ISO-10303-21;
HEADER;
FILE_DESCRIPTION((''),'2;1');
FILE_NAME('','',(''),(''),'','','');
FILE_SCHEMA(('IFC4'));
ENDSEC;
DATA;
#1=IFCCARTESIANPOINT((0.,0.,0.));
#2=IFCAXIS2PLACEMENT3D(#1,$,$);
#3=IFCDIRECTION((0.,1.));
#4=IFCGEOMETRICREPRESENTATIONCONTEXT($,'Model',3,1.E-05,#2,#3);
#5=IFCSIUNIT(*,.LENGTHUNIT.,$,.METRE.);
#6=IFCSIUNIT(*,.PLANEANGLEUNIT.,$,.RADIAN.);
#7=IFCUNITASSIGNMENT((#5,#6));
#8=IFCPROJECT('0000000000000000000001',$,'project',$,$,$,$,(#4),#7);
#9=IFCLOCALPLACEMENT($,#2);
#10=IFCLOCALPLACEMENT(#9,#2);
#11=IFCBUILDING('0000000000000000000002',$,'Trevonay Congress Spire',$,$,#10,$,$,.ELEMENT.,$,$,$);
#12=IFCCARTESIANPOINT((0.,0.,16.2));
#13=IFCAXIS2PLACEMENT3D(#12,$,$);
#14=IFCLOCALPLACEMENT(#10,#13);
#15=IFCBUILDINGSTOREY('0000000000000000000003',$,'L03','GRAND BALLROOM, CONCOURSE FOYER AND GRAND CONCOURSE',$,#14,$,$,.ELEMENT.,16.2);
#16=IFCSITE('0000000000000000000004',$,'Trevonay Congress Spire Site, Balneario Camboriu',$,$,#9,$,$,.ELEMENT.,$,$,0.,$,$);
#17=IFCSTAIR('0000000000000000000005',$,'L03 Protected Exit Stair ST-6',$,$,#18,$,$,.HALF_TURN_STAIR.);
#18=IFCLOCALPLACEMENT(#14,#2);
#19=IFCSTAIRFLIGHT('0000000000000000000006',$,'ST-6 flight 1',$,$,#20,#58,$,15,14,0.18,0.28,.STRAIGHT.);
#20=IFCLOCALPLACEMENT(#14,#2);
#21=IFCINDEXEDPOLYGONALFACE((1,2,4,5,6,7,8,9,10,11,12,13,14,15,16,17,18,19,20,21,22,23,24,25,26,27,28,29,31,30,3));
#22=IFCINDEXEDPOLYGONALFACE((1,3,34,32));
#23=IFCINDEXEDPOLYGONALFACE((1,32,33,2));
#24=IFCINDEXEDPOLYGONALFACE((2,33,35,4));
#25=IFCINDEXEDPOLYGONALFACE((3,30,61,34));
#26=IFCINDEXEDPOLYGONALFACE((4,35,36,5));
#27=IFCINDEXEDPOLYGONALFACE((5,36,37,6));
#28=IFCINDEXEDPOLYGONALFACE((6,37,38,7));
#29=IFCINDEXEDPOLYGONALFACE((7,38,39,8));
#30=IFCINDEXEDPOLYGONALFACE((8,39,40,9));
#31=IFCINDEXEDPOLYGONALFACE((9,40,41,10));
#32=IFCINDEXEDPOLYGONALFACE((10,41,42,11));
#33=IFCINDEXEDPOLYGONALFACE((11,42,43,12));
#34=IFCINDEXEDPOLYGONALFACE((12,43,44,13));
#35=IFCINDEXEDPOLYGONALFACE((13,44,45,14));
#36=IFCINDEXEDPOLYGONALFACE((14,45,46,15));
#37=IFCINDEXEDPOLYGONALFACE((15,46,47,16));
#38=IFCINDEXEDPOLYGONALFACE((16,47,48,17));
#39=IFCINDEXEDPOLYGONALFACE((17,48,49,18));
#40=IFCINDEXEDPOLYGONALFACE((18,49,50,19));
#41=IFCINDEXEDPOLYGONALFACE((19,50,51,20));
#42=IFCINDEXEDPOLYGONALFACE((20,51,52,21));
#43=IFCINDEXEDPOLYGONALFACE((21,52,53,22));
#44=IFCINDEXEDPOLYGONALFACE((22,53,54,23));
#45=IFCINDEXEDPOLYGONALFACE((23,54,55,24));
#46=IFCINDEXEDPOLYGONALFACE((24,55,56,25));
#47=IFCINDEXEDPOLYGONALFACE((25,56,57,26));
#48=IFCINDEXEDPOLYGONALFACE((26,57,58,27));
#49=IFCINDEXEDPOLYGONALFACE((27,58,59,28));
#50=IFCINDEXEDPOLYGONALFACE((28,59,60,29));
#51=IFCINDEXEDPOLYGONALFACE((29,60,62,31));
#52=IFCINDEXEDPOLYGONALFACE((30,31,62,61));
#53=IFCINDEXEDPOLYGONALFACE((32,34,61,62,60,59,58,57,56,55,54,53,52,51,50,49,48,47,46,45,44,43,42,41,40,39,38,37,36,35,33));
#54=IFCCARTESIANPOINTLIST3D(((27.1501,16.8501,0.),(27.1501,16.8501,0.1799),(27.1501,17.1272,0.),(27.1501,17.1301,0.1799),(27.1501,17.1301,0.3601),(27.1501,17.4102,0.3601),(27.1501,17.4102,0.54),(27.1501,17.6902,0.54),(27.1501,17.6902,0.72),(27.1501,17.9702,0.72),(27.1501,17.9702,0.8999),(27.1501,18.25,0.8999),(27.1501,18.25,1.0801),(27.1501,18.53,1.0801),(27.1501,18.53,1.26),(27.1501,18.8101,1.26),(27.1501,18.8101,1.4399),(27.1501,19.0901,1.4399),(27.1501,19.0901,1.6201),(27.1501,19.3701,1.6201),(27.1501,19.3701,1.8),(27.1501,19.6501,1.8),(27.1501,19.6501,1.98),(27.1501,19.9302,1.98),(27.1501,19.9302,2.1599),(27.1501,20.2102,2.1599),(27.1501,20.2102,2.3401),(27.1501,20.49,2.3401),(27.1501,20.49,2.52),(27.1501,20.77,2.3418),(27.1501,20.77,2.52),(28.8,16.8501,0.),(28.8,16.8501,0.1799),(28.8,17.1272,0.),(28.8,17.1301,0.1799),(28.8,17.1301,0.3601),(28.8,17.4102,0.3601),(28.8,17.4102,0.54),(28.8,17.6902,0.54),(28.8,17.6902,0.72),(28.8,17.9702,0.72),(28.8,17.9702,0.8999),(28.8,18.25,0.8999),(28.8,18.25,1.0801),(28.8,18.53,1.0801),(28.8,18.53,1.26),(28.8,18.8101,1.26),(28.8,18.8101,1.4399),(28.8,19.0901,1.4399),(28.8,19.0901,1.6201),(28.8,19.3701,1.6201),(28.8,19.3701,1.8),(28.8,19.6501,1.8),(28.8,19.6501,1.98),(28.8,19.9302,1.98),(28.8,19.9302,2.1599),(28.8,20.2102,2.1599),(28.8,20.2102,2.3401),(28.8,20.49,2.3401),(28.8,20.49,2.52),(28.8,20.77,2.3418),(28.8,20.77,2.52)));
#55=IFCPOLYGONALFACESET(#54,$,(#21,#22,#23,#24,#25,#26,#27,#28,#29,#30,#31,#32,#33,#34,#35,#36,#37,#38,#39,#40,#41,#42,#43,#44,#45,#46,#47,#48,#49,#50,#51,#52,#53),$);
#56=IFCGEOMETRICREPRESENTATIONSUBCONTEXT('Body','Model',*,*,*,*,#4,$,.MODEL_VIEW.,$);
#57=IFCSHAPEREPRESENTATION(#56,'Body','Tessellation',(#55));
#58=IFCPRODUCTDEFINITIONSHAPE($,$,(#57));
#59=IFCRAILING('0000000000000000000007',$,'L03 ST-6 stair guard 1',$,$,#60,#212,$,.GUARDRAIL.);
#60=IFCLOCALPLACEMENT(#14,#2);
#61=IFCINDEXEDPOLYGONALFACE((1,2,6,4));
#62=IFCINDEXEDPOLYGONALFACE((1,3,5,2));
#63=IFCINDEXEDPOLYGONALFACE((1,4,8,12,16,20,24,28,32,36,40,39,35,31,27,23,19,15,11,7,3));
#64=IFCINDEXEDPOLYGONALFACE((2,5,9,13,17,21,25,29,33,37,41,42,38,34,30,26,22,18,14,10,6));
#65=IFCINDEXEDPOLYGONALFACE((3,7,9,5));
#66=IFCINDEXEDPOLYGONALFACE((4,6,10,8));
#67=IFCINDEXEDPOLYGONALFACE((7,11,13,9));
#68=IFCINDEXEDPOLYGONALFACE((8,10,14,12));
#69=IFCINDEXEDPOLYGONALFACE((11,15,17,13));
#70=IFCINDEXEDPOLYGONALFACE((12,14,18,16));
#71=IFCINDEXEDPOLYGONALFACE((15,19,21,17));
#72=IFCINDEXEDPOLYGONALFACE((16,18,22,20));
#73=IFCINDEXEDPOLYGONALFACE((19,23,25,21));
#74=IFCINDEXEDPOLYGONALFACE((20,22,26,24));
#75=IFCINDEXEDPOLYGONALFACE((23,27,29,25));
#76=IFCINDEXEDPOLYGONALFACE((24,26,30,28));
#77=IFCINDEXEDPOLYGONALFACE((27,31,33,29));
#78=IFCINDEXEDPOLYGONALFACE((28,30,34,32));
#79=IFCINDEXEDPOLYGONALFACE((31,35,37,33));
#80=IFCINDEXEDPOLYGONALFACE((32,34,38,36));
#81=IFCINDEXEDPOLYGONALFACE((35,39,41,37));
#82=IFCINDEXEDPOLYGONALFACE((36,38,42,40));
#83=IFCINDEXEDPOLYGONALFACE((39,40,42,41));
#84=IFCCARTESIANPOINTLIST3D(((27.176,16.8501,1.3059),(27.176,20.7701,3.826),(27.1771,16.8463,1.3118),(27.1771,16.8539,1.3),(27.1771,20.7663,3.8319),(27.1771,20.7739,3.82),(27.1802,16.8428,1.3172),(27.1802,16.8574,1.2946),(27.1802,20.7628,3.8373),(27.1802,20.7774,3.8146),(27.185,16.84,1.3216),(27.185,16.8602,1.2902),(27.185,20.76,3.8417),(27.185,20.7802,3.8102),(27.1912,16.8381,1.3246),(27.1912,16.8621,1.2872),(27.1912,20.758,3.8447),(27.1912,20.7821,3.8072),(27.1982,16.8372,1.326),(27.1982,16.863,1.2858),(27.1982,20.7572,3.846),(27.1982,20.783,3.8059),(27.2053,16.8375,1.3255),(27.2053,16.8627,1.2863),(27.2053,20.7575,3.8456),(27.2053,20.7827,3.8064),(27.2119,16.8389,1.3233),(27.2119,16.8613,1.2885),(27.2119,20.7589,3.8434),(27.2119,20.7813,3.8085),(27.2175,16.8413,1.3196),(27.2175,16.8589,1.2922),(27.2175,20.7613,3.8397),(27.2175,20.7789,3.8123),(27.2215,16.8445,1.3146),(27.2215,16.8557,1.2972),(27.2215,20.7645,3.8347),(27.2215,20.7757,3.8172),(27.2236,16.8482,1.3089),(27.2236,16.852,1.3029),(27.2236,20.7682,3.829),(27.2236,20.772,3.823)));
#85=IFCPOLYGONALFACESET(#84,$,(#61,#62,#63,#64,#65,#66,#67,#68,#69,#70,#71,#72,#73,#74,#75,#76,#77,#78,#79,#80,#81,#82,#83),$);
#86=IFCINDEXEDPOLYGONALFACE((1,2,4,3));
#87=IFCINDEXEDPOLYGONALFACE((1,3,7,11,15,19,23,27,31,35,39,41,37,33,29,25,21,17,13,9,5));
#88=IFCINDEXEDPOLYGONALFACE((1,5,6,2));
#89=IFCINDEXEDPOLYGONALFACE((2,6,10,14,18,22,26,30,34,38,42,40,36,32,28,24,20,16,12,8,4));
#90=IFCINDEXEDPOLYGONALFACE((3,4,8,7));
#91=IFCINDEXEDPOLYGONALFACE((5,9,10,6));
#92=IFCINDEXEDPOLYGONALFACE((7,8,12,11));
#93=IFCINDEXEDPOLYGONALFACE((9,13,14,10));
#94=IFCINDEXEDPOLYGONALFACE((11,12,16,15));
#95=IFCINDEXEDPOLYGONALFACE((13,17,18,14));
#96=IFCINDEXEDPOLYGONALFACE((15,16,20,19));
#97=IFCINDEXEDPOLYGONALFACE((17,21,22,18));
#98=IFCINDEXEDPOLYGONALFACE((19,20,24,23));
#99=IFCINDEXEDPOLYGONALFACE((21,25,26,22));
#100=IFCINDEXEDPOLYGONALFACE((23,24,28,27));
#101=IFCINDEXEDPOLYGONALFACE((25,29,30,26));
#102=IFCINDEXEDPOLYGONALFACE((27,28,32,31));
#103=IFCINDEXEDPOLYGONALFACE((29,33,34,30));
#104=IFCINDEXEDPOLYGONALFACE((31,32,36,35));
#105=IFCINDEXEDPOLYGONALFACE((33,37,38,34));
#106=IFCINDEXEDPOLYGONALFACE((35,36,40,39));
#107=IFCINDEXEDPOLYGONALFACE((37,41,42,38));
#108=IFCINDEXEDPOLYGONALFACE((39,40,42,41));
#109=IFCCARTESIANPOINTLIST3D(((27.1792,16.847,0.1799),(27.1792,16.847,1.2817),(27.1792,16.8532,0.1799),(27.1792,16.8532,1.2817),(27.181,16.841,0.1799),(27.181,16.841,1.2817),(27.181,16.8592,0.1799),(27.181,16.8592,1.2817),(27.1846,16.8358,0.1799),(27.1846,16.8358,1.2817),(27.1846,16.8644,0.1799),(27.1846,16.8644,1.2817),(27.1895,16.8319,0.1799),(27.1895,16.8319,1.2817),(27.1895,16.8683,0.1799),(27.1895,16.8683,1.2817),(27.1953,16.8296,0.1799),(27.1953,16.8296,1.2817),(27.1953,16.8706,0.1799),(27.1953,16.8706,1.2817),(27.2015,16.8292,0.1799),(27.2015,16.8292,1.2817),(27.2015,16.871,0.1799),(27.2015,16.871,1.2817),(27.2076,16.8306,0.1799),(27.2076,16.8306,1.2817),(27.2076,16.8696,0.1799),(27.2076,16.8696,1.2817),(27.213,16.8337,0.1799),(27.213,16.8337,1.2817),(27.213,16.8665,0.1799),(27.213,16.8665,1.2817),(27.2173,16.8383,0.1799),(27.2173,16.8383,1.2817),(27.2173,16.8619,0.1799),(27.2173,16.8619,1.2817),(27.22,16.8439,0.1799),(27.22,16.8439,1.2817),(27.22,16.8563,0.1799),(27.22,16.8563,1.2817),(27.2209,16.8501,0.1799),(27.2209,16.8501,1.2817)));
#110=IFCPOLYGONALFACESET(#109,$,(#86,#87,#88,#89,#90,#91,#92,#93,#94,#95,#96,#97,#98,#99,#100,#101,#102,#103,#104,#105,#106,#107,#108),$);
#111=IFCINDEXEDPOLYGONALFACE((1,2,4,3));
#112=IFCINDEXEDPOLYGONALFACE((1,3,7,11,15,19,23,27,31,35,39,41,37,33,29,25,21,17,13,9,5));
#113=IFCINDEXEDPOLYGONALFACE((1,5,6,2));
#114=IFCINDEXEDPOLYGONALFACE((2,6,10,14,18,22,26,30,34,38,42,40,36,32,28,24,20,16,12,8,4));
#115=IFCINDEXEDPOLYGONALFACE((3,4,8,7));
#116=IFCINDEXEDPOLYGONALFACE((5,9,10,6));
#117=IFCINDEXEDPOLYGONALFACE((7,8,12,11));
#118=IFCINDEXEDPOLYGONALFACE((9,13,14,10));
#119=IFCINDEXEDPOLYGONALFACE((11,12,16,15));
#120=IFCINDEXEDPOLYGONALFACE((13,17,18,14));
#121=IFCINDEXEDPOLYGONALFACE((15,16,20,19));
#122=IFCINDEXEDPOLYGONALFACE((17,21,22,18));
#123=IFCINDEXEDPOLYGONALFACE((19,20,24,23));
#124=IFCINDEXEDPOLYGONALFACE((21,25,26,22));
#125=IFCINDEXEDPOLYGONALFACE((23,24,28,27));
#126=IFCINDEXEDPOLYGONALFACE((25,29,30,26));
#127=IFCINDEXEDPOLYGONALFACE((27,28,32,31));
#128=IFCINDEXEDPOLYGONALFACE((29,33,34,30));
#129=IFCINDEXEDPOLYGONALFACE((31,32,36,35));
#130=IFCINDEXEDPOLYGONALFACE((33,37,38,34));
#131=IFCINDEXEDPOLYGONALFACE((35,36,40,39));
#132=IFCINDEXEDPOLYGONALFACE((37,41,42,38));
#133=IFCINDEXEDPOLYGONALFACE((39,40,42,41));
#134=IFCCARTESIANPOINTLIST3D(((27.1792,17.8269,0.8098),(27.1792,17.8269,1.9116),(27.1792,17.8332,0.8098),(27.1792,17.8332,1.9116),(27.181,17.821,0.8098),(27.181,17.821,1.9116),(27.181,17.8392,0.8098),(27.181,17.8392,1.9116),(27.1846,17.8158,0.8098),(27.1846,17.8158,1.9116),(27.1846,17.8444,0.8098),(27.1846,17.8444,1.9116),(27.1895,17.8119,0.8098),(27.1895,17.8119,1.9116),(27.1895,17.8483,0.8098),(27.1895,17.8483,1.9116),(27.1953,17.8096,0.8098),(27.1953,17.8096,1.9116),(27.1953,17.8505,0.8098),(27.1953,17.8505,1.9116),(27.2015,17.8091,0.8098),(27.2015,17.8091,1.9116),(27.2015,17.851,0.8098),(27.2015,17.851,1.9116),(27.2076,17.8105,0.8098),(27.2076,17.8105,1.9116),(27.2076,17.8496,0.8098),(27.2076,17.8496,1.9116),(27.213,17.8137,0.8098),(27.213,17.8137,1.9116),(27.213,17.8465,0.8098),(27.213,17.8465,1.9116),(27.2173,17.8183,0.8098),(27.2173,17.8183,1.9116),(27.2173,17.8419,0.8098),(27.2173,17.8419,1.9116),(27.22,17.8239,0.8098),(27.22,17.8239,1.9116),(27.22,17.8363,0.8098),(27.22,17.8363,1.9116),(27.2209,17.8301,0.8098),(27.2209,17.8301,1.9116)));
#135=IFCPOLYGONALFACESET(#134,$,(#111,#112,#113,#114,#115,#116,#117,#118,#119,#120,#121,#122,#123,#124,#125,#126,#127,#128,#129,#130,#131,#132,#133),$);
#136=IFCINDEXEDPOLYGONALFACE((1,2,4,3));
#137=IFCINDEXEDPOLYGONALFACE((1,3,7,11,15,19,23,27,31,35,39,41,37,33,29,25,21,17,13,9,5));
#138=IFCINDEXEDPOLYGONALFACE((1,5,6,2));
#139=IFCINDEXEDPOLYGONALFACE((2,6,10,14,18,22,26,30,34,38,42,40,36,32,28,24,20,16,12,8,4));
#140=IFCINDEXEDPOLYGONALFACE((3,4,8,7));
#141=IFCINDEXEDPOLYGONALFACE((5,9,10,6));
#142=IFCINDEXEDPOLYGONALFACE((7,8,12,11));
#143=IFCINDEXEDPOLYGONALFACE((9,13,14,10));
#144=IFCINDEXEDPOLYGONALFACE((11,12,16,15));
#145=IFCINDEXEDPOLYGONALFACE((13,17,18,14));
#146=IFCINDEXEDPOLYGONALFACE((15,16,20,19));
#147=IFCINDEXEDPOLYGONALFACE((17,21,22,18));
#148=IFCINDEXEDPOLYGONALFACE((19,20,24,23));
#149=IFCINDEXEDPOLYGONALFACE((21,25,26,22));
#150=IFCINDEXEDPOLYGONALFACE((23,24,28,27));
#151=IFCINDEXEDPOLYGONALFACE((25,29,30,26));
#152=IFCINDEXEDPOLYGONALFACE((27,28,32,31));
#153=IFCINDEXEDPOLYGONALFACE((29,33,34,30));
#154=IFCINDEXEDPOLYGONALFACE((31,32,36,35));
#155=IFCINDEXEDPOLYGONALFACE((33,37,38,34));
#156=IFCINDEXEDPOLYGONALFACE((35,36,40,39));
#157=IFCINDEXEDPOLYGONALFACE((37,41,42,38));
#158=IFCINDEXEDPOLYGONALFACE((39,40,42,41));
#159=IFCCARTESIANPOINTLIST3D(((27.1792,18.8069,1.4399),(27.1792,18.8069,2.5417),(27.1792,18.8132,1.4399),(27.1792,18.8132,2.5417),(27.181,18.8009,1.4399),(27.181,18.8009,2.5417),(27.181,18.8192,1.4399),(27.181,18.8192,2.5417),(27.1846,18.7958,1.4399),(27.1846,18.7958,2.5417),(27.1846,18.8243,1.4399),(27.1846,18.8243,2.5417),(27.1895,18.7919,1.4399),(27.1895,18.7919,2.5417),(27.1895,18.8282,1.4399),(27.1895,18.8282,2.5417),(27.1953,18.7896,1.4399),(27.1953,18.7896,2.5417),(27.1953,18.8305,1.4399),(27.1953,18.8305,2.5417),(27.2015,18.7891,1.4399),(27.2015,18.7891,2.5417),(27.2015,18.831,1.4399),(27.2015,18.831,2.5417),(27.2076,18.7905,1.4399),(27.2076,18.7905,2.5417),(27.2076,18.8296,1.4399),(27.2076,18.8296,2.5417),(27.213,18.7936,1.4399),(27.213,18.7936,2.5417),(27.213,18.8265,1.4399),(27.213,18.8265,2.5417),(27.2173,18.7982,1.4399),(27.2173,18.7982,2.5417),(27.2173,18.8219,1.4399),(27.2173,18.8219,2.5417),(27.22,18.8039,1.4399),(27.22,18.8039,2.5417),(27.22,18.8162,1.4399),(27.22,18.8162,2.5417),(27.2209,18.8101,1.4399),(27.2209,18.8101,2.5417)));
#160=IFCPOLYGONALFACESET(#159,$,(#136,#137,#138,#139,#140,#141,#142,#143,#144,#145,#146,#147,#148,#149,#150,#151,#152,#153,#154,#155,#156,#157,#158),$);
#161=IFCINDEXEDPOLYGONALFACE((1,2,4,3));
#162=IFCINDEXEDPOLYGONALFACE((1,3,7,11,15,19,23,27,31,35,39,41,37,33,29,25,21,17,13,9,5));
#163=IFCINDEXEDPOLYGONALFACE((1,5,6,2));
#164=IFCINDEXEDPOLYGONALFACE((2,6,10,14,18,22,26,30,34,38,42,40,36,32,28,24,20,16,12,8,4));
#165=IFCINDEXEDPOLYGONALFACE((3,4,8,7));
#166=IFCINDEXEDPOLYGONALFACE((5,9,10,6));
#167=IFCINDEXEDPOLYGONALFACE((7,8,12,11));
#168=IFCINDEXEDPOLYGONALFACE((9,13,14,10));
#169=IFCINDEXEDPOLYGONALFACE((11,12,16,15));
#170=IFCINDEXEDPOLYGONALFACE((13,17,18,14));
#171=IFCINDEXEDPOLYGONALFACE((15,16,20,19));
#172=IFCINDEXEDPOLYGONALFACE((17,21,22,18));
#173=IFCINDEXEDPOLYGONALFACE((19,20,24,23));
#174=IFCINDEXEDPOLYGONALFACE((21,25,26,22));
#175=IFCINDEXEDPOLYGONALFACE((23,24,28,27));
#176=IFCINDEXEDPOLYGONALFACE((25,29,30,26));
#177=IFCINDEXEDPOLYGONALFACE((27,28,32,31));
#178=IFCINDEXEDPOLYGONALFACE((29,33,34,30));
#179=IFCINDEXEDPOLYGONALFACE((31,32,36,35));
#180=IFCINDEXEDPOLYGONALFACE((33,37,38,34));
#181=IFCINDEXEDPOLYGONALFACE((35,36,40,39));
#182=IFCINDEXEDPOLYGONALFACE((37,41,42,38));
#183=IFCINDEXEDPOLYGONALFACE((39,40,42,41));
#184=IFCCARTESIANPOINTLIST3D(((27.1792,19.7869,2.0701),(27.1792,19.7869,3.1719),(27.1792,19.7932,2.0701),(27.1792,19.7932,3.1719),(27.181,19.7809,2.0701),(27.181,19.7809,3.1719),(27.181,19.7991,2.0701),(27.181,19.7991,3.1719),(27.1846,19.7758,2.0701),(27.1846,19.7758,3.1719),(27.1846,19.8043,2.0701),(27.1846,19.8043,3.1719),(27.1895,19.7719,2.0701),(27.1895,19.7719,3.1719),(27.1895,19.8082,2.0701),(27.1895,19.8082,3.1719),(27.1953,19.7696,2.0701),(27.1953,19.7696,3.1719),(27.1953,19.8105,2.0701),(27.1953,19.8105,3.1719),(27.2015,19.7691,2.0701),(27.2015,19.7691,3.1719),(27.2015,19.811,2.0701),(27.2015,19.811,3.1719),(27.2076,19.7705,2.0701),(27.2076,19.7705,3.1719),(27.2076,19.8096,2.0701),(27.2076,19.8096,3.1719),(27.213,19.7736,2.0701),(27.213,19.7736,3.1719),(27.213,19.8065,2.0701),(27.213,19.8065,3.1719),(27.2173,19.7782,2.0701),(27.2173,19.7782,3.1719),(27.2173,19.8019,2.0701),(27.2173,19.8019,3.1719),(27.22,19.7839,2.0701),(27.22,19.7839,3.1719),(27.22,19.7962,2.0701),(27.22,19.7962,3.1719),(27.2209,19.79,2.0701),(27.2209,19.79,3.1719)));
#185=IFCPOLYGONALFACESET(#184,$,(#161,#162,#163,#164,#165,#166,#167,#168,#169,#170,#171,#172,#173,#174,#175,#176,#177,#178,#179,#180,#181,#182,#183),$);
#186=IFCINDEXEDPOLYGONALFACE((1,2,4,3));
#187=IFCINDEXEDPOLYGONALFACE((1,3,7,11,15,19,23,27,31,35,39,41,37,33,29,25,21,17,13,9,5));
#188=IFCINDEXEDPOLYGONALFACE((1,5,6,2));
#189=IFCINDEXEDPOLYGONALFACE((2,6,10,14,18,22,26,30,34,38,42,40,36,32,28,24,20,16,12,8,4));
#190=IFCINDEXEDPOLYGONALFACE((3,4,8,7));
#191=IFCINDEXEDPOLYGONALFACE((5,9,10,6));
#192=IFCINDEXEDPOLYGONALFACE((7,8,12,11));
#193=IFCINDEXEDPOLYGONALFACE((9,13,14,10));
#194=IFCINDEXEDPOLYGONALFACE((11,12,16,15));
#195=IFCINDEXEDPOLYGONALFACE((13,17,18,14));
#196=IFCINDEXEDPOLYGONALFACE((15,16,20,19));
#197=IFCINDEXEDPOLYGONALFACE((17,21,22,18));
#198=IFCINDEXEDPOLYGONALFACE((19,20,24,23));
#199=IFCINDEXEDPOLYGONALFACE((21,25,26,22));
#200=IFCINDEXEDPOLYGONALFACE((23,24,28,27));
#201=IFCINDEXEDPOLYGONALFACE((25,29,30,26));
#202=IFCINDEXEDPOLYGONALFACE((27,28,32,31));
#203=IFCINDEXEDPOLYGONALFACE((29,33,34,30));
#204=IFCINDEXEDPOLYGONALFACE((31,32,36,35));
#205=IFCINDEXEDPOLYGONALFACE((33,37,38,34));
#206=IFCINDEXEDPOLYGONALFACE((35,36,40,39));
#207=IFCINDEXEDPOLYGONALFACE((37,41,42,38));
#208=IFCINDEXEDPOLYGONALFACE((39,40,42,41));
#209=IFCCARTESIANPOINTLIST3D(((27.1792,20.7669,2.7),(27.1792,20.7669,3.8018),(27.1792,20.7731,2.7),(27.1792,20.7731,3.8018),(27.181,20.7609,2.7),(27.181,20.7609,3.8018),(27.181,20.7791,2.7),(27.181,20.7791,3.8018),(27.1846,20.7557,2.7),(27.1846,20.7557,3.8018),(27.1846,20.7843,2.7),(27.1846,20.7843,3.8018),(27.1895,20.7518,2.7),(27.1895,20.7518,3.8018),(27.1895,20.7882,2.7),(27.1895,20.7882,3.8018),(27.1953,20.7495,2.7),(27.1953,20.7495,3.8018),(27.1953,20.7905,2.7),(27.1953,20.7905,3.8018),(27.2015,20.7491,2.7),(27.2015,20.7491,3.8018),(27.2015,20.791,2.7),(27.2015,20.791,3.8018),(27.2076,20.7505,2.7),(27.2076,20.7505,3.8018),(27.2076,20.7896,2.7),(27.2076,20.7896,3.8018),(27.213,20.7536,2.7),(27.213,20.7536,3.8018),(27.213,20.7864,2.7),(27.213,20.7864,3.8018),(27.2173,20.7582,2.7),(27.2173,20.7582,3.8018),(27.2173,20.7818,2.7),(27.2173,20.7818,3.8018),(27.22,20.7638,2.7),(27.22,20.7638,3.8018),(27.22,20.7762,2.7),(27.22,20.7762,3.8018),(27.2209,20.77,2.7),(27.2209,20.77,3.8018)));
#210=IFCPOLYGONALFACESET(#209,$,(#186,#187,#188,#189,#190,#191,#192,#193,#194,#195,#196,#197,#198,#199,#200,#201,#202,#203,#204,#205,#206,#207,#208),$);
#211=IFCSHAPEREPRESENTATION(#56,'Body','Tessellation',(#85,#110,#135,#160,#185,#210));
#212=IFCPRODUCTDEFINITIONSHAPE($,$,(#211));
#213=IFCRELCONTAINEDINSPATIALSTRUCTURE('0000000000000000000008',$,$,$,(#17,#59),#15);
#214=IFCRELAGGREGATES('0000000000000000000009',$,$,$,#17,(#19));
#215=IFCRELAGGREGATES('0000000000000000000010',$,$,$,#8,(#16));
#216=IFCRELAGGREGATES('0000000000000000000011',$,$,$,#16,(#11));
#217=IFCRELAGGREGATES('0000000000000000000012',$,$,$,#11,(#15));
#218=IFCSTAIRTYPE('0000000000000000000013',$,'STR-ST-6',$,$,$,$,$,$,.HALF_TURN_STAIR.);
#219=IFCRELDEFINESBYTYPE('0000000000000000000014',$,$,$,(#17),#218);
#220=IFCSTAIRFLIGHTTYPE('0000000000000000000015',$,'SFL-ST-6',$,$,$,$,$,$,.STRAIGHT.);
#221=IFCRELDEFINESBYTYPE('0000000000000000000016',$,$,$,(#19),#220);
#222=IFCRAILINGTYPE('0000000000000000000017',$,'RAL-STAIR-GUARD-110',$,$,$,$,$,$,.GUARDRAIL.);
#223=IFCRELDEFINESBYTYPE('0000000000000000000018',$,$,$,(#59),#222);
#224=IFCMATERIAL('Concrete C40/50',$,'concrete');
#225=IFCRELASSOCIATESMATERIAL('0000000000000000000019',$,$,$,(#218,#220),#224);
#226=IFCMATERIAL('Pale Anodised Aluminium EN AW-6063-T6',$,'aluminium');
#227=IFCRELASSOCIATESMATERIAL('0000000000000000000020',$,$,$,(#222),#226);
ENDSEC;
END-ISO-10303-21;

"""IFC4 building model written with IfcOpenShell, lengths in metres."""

from ifc_helpers import new_model, si_unit, direction, frame, origin, origin_2d, place, context, subcontext, project, spatial, polyline, circle, outline, extrude, material, type_object, element, aggregate, save


model = new_model("IFC4")

# Units and contexts
model_context = context("Model", 3, precision=1e-05, world=origin(), true_north=direction((0.0, 1.0)))
body_context = subcontext(model_context, "Body", "Model", "MODEL_VIEW")
ifc_project = project(units=[si_unit("LENGTHUNIT", "METRE"), si_unit("PLANEANGLEUNIT", "RADIAN")], contexts=[model_context])

# Site, building, storey
site_placement = place(None, origin())
site = spatial("IfcSite", under=ifc_project, at=site_placement, Name="Trevonay Congress Spire Site, Balneario Camboriu", CompositionType="ELEMENT", RefElevation=0.0)
building_placement = place(site_placement, origin())
building = spatial("IfcBuilding", under=site, at=building_placement, Name="Trevonay Congress Spire", CompositionType="ELEMENT")
storey_placement = place(building_placement, frame((0.0, 0.0, 16.2)))
storey = spatial("IfcBuildingStorey", under=building, at=storey_placement, Name="L03", Description="GRAND BALLROOM, CONCOURSE FOYER AND GRAND CONCOURSE", CompositionType="ELEMENT", Elevation=16.2)

# Shared definitions
ifc_material_1 = material(Name="Pale Anodised Aluminium EN AW-6063-T6", Category="aluminium")

# Shared definitions
ifc_material_2 = material(Name="Concrete C40/50", Category="concrete")

# Stair, stair flight
stair_type = type_object("IfcStairType", Name="STR-ST-6", PredefinedType="HALF_TURN_STAIR", material=ifc_material_2)
stair_placement = place(storey_placement, origin())
stair = element("IfcStair", 1, at=stair_placement, inside=storey, type_object=stair_type, Name="L03 Protected Exit Stair ST-6", PredefinedType="HALF_TURN_STAIR")
stair_flight_type = type_object("IfcStairFlightType", Name="SFL-ST-6", PredefinedType="STRAIGHT", material=ifc_material_2)
stair_flight_placement = place(storey_placement, frame((27.9751, 16.8501, 0.0), z_axis=(0.0, 0.0, 1.0), x_axis=(0.0, 1.0, 0.0)))
stair_flight = element("IfcStairFlight", 2, at=stair_flight_placement, type_object=stair_flight_type, Name="ST-6 flight 1", NumberOfRisers=15, NumberOfTreads=14, PredefinedType="STRAIGHT", RiserHeight=0.18, TreadLength=0.28, context=body_context, shape_type="SweptSolid", body=[
    extrude(outline(polyline([(0.0, 0.0), (0.0, 0.1799), (0.28, 0.1799), (0.28, 0.3601), (0.5601, 0.3601), (0.5601, 0.54), (0.8401, 0.54), (0.8401, 0.72), (1.1201, 0.72), (1.1201, 0.8999), (1.3999, 0.8999), (1.3999, 1.0801), (1.6799, 1.0801), (1.6799, 1.26), (1.96, 1.26), (1.96, 1.4399), (2.24, 1.4399), (2.24, 1.6201), (2.52, 1.6201), (2.52, 1.8), (2.8, 1.8), (2.8, 1.98), (3.0801, 1.98), (3.0801, 2.1599), (3.3601, 2.1599), (3.3601, 2.3401), (3.6399, 2.3401), (3.6399, 2.52), (3.9199, 2.52), (3.9199, 2.7), (3.9199, 2.3418), (0.2771, 0.0), (0.0, 0.0)])), frame((0.0, 0.825, 0.0), z_axis=(0.0, -1.0, 0.0), x_axis=(1.0, 0.0, 0.0)), (0.0, 0.0, 1.0), 1.6499),
])
aggregate(stair, [stair_flight])

# Railing
railing_type_1 = type_object("IfcRailingType", Name="RAL-STAIR-GUARD-110", PredefinedType="GUARDRAIL", material=ifc_material_1)
railing_1_placement = place(storey_placement, frame((27.2, 16.8501, 0.1799)))
element("IfcRailing", 3, at=railing_1_placement, inside=storey, type_object=railing_type_1, Name="L03 ST-6 stair guard 1", PredefinedType="GUARDRAIL", context=body_context, shape_type="SweptSolid", body=[
    extrude(circle(Radius=0.0239, at=origin_2d()), frame((0.0, 0.0, 1.126), z_axis=(0.0, 0.841172, 0.540768), x_axis=(-1.0, 0.0, 0.0)), (0.0, 0.0, 1.0), 4.6602),
    extrude(circle(Radius=0.021, at=origin_2d()), origin(), (0.0, 0.0, 1.0), 1.1018),
    extrude(circle(Radius=0.021, at=origin_2d()), frame((0.0, 0.98, 0.6299)), (0.0, 0.0, 1.0), 1.1018),
    extrude(circle(Radius=0.021, at=origin_2d()), frame((0.0, 1.96, 1.26)), (0.0, 0.0, 1.0), 1.1018),
    extrude(circle(Radius=0.021, at=origin_2d()), frame((0.0, 2.9399, 1.8901)), (0.0, 0.0, 1.0), 1.1018),
    extrude(circle(Radius=0.021, at=origin_2d()), frame((0.0, 3.9199, 2.52)), (0.0, 0.0, 1.0), 1.1018),
])

save(model, "model.ifc")
